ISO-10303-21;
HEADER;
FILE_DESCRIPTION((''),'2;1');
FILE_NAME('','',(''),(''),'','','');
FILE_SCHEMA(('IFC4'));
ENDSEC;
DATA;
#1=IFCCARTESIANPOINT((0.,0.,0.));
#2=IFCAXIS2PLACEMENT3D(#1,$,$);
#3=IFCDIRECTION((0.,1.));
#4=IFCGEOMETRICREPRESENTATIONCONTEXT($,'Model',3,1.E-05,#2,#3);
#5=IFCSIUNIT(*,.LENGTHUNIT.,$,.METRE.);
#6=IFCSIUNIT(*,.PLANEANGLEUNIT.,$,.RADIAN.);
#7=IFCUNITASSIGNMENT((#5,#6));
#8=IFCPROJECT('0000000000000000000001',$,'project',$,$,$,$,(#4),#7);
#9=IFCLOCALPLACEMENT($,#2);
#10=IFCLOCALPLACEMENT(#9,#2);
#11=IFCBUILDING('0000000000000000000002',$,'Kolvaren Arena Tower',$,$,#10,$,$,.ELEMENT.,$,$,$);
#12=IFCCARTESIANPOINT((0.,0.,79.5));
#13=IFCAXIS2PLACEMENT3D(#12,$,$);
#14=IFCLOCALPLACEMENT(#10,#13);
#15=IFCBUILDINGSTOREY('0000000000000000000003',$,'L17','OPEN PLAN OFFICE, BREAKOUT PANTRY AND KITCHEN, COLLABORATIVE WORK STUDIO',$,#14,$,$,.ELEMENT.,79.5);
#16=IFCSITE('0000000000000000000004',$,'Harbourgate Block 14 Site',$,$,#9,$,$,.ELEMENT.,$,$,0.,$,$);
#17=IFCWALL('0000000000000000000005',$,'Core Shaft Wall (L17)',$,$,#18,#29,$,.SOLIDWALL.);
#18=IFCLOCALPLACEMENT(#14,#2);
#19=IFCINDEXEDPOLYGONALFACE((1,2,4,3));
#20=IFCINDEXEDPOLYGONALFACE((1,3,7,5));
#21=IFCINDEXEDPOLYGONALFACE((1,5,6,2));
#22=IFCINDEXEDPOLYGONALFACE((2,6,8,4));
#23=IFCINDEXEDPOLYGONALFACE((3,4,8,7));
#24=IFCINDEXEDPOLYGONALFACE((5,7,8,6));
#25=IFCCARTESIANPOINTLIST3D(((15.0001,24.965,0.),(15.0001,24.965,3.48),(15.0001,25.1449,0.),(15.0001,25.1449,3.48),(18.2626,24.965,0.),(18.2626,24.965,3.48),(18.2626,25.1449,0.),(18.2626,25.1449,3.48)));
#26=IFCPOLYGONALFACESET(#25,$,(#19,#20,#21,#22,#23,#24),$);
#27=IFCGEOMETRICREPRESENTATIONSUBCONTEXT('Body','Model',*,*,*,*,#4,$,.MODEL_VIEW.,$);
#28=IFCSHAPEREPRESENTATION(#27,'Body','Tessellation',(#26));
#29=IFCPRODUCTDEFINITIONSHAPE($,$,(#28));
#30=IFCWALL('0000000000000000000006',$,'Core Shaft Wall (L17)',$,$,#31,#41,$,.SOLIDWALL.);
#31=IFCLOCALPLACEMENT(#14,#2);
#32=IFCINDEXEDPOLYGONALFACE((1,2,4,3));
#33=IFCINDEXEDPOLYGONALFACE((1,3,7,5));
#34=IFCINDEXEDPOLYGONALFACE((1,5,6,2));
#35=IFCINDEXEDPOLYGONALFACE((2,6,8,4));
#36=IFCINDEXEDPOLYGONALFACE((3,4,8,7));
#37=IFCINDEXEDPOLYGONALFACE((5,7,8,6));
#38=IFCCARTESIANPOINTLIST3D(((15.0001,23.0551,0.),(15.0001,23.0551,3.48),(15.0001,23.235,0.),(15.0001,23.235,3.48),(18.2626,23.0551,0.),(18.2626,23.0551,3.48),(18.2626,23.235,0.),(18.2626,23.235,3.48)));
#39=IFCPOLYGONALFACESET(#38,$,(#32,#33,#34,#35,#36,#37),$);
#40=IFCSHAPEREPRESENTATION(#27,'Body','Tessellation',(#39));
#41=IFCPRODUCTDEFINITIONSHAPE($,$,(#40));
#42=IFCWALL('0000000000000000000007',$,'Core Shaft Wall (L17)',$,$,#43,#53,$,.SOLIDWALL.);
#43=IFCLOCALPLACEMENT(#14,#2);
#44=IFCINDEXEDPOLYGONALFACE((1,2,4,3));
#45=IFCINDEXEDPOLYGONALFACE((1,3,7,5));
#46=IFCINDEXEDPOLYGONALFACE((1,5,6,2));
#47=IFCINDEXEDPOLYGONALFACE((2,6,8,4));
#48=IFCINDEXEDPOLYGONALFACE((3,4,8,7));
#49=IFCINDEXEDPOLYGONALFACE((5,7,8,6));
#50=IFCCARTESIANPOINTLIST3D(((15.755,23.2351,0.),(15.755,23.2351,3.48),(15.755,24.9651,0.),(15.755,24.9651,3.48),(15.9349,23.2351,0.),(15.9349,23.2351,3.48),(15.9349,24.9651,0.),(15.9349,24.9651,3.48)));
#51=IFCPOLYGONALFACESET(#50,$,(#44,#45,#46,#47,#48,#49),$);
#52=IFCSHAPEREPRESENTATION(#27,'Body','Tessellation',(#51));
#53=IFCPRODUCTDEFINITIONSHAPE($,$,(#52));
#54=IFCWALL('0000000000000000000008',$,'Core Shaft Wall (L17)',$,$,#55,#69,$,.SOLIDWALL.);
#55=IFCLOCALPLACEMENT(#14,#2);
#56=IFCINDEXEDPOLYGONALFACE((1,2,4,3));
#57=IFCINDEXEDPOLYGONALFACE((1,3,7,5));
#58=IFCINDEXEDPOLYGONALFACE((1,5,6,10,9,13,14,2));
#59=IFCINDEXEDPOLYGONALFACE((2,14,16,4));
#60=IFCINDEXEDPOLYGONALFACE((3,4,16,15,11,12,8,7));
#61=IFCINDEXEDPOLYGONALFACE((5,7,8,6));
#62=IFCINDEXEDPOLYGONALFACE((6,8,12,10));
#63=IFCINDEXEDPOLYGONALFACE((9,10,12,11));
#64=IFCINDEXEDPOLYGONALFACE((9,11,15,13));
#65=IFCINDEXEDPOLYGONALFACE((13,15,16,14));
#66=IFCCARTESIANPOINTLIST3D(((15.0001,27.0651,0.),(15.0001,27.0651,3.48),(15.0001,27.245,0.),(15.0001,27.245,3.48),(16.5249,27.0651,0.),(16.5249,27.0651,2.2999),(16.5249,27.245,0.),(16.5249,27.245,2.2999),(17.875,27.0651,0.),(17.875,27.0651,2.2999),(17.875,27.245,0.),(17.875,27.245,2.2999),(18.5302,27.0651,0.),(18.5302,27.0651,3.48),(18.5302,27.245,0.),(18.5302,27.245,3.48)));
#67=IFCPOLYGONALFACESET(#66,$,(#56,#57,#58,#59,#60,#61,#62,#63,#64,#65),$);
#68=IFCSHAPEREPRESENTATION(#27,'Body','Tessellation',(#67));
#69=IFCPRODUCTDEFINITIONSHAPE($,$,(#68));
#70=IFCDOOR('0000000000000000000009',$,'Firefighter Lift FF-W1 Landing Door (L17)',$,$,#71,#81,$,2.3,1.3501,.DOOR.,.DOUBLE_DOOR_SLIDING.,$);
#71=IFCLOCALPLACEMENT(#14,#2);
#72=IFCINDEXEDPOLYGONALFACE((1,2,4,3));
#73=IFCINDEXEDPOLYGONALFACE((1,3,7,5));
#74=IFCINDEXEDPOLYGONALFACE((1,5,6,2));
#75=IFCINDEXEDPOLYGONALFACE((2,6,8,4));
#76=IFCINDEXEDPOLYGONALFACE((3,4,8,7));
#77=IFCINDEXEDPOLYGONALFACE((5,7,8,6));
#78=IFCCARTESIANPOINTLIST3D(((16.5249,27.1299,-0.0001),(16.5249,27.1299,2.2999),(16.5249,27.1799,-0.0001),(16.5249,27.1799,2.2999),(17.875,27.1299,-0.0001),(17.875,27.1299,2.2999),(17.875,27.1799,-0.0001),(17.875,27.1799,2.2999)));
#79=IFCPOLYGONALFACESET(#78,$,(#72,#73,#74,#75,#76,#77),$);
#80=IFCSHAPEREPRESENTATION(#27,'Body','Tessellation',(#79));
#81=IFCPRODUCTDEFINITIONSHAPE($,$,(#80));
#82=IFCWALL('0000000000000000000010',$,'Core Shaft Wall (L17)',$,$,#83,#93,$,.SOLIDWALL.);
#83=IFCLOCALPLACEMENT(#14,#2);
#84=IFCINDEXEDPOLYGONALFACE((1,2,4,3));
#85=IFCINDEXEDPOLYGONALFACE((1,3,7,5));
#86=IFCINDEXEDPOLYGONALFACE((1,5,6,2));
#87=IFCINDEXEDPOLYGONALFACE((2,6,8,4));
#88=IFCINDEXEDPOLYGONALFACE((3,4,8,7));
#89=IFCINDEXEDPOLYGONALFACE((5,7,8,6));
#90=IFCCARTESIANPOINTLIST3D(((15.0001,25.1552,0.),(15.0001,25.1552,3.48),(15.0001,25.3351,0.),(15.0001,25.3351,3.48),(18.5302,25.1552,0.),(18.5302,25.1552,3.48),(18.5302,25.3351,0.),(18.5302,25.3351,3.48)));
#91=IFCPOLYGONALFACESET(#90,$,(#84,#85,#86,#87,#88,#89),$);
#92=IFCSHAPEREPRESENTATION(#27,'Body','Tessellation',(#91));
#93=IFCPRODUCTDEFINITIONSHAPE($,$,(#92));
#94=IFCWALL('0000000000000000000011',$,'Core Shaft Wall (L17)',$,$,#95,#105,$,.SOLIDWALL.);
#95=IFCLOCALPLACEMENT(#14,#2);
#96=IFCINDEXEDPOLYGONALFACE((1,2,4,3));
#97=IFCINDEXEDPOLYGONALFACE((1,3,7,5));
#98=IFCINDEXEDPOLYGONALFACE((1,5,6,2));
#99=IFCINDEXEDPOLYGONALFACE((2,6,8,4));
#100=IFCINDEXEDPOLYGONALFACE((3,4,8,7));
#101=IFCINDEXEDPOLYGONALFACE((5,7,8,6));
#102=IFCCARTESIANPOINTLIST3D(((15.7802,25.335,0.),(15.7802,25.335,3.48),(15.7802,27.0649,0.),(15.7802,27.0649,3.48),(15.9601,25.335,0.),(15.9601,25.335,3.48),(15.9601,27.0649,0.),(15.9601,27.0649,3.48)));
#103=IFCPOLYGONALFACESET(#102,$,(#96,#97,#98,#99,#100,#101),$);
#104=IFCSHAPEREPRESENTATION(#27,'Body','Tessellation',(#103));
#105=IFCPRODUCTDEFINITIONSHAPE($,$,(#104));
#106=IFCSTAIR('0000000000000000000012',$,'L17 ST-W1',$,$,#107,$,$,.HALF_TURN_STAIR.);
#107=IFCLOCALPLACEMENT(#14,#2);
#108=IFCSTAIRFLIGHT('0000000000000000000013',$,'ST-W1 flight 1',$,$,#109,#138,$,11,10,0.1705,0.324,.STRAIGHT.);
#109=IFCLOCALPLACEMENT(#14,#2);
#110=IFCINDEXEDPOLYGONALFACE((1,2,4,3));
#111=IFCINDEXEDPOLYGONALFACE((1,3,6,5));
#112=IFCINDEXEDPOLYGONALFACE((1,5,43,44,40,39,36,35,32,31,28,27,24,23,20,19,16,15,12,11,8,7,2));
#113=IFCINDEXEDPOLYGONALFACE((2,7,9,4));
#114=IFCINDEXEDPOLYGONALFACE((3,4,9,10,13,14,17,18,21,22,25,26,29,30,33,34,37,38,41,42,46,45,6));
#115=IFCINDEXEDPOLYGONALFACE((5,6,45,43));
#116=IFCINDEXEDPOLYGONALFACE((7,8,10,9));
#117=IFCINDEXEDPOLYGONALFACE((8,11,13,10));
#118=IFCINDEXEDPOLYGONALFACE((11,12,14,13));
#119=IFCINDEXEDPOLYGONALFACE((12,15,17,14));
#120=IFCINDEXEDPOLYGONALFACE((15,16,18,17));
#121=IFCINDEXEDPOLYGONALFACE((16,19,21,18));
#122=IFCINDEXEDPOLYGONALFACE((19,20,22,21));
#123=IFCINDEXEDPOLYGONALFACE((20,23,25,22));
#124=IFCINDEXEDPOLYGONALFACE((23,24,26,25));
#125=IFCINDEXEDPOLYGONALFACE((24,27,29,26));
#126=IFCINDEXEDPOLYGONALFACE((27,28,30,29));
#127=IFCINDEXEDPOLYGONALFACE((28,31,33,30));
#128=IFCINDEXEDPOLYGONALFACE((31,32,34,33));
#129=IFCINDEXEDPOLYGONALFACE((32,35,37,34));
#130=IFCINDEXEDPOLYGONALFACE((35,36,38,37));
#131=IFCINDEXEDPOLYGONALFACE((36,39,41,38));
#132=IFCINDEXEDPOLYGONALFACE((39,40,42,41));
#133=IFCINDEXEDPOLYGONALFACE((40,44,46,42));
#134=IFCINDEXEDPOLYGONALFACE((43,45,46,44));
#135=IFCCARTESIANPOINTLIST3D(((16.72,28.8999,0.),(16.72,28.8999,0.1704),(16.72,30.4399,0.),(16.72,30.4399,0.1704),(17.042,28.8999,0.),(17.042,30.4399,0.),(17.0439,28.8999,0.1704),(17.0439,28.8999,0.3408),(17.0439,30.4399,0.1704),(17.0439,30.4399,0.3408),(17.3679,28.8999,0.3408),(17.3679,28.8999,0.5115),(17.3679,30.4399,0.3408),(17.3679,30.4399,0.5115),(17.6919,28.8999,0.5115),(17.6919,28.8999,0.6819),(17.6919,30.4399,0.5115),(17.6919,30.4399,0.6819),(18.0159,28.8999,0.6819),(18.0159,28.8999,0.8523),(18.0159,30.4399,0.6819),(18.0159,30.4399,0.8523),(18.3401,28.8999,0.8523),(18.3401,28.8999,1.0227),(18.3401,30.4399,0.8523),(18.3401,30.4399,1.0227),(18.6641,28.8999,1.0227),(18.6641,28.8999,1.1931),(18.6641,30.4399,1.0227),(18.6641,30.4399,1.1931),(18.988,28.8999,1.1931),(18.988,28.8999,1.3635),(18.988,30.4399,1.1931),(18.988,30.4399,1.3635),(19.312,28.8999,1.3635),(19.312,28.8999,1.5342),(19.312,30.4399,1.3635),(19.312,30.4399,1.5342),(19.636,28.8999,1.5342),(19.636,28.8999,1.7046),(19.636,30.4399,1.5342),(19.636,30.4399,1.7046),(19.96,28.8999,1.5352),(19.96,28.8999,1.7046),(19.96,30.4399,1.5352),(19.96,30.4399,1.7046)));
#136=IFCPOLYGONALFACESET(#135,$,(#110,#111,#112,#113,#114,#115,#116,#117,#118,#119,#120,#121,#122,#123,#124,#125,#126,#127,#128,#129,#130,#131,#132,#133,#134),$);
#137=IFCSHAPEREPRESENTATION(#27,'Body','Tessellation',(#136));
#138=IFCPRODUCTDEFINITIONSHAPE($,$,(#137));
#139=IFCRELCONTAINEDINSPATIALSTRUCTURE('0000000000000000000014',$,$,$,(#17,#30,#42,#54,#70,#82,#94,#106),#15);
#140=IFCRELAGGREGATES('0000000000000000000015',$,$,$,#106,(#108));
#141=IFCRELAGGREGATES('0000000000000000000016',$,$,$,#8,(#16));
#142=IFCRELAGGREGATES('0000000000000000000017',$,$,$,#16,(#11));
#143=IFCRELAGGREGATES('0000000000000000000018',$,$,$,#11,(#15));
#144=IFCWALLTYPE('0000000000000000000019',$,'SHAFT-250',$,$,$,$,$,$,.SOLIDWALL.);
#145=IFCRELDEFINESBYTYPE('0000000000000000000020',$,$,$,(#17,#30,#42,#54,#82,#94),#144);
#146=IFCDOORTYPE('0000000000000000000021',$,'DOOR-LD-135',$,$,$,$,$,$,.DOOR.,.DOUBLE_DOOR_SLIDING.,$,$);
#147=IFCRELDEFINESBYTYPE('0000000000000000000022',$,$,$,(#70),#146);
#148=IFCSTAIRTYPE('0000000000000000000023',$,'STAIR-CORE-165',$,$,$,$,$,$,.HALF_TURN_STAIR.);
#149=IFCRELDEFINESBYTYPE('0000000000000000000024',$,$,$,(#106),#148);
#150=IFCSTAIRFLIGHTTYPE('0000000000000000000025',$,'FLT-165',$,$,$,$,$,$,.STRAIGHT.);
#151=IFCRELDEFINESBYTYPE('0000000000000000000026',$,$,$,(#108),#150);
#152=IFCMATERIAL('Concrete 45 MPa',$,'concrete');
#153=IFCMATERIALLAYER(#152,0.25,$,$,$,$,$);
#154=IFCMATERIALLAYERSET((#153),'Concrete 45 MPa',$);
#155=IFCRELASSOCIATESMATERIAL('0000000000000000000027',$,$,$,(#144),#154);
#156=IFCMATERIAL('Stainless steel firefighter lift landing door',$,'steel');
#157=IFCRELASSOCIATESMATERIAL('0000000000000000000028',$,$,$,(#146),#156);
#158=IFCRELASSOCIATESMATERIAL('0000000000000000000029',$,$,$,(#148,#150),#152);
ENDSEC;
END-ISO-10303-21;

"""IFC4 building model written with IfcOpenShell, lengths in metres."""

from ifc_helpers import new_model, si_unit, direction, frame, frame_2d, origin, place, context, subcontext, project, spatial, polyline, rectangle, outline, extrude, material, layer, layer_set, type_object, element, fill, aggregate, save


model = new_model("IFC4")

# Units and contexts
model_context = context("Model", 3, precision=1e-05, world=origin(), true_north=direction((0.0, 1.0)))
body_context = subcontext(model_context, "Body", "Model", "MODEL_VIEW")
ifc_project = project(units=[si_unit("LENGTHUNIT", "METRE"), si_unit("PLANEANGLEUNIT", "RADIAN")], contexts=[model_context])

# Site, building, storey
site_placement = place(None, origin())
site = spatial("IfcSite", under=ifc_project, at=site_placement, Name="Harbourgate Block 14 Site", CompositionType="ELEMENT", RefElevation=0.0)
building_placement = place(site_placement, origin())
building = spatial("IfcBuilding", under=site, at=building_placement, Name="Kolvaren Arena Tower", CompositionType="ELEMENT")
storey_placement = place(building_placement, frame((0.0, 0.0, 79.5)))
storey = spatial("IfcBuildingStorey", under=building, at=storey_placement, Name="L17", Description="OPEN PLAN OFFICE, BREAKOUT PANTRY AND KITCHEN, COLLABORATIVE WORK STUDIO", CompositionType="ELEMENT", Elevation=79.5)

# Walls
ifc_material_1 = material(Name="Concrete 45 MPa", Category="concrete")
ifc_layer = layer(ifc_material_1, 0.25)
ifc_layer_set = layer_set([ifc_layer], Name="Concrete 45 MPa")
wall_type = type_object("IfcWallType", Name="SHAFT-250", PredefinedType="SOLIDWALL", material=ifc_layer_set)
for number, where, z_axis, x_axis, name in (
    (1, (15.0, 25.0549, 0.0), (0.0, 0.0, 1.0), (1.0, 0.0, 0.0), "Core Shaft Wall (L17)"),
    (2, (15.0, 23.145, 0.0), (0.0, 0.0, 1.0), (1.0, 0.0, 0.0), "Core Shaft Wall (L17)"),
):
    element("IfcWall", number, at=place(storey_placement, frame(where, z_axis=z_axis, x_axis=x_axis)), inside=storey, type_object=wall_type, Name=name, PredefinedType="SOLIDWALL", context=body_context, shape_type="SweptSolid", body=[
        extrude(rectangle(XDim=3.2625, YDim=0.1799, at=frame_2d((1.6313, 0.0))), origin(), (0.0, 0.0, 1.0), 3.48),
    ])
wall_1_placement = place(storey_placement, frame((15.845, 23.2351, 0.0), z_axis=(0.0, 0.0, 1.0), x_axis=(0.0, 1.0, 0.0)))
element("IfcWall", 3, at=wall_1_placement, inside=storey, type_object=wall_type, Name="Core Shaft Wall (L17)", PredefinedType="SOLIDWALL", context=body_context, shape_type="SweptSolid", body=[
    extrude(rectangle(XDim=1.73, YDim=0.1799, at=frame_2d((0.865, 0.0))), origin(), (0.0, 0.0, 1.0), 3.48),
])

# Wall, opening, door
wall_2_placement = place(storey_placement, frame((15.0, 27.155, 0.0), z_axis=(0.0, 0.0, 1.0), x_axis=(1.0, 0.0, 0.0)))
wall_2 = element("IfcWall", 4, at=wall_2_placement, inside=storey, type_object=wall_type, Name="Core Shaft Wall (L17)", PredefinedType="SOLIDWALL", context=body_context, shape_type="SweptSolid", body=[
    extrude(rectangle(XDim=3.53, YDim=0.1799, at=frame_2d((1.7651, 0.0))), origin(), (0.0, 0.0, 1.0), 3.48),
])
opening_placement = place(wall_2_placement, frame((1.5249, 0.0, 0.0)))
opening = element("IfcOpeningElement", 5, at=opening_placement, cuts=wall_2, PredefinedType="OPENING", context=body_context, shape_type="SweptSolid", body=[
    extrude(rectangle(XDim=1.3501, YDim=2.3, at=frame_2d((0.675, 1.1499))), frame((0.0, 0.0999, 0.0), z_axis=(0.0, -1.0, 0.0), x_axis=(1.0, 0.0, 0.0)), (0.0, 0.0, 1.0), 0.2),
])
ifc_material_2 = material(Name="Stainless steel firefighter lift landing door", Category="steel")
door_type = type_object("IfcDoorType", Name="DOOR-LD-135", OperationType="DOUBLE_DOOR_SLIDING", PredefinedType="DOOR", material=ifc_material_2)
door_placement = place(opening_placement, origin())
door = element("IfcDoor", 6, at=door_placement, inside=storey, type_object=door_type, Name="Firefighter Lift FF-W1 Landing Door (L17)", OperationType="DOUBLE_DOOR_SLIDING", OverallHeight=2.3, OverallWidth=1.3501, PredefinedType="DOOR", context=body_context, shape_type="SweptSolid", body=[
    extrude(rectangle(XDim=1.3501, YDim=2.3, at=frame_2d((0.675, 1.1499))), frame((0.0, 0.0249, 0.0), z_axis=(0.0, -1.0, 0.0), x_axis=(1.0, 0.0, 0.0)), (0.0, 0.0, 1.0), 0.05),
])
fill(opening, door)

# Walls
wall_3_placement = place(storey_placement, frame((15.0, 25.2451, 0.0), z_axis=(0.0, 0.0, 1.0), x_axis=(1.0, 0.0, 0.0)))
element("IfcWall", 7, at=wall_3_placement, inside=storey, type_object=wall_type, Name="Core Shaft Wall (L17)", PredefinedType="SOLIDWALL", context=body_context, shape_type="SweptSolid", body=[
    extrude(rectangle(XDim=3.53, YDim=0.1799, at=frame_2d((1.7651, 0.0))), origin(), (0.0, 0.0, 1.0), 3.48),
])
wall_4_placement = place(storey_placement, frame((15.8701, 25.335, 0.0), z_axis=(0.0, 0.0, 1.0), x_axis=(0.0, 1.0, 0.0)))
element("IfcWall", 8, at=wall_4_placement, inside=storey, type_object=wall_type, Name="Core Shaft Wall (L17)", PredefinedType="SOLIDWALL", context=body_context, shape_type="SweptSolid", body=[
    extrude(rectangle(XDim=1.73, YDim=0.1799, at=frame_2d((0.865, 0.0))), origin(), (0.0, 0.0, 1.0), 3.48),
])

# Stair, stair flight
stair_type = type_object("IfcStairType", Name="STAIR-CORE-165", PredefinedType="HALF_TURN_STAIR", material=ifc_material_1)
stair_placement = place(storey_placement, origin())
stair = element("IfcStair", 9, at=stair_placement, inside=storey, type_object=stair_type, Name="L17 ST-W1", PredefinedType="HALF_TURN_STAIR")
stair_flight_type = type_object("IfcStairFlightType", Name="FLT-165", PredefinedType="STRAIGHT", material=ifc_material_1)
stair_flight_placement = place(storey_placement, frame((16.72, 29.6699, 0.0), z_axis=(0.0, 0.0, 1.0), x_axis=(1.0, 0.0, 0.0)))
stair_flight = element("IfcStairFlight", 10, at=stair_flight_placement, type_object=stair_flight_type, Name="ST-W1 flight 1", NumberOfRisers=11, NumberOfTreads=10, PredefinedType="STRAIGHT", RiserHeight=0.1705, TreadLength=0.324, context=body_context, shape_type="SweptSolid", body=[
    extrude(outline(polyline([(0.0, 0.0), (0.0, 0.1704), (0.324, 0.1704), (0.324, 0.3408), (0.6479, 0.3408), (0.6479, 0.5115), (0.9719, 0.5115), (0.9719, 0.6819), (1.2959, 0.6819), (1.2959, 0.8523), (1.6201, 0.8523), (1.6201, 1.0227), (1.9441, 1.0227), (1.9441, 1.1931), (2.2681, 1.1931), (2.2681, 1.3635), (2.592, 1.3635), (2.592, 1.5342), (2.916, 1.5342), (2.916, 1.7046), (3.24, 1.7046), (3.24, 1.875), (3.24, 1.5352), (0.322, 0.0), (0.0, 0.0)])), frame((0.0, 0.77, 0.0), z_axis=(0.0, -1.0, 0.0), x_axis=(1.0, 0.0, 0.0)), (0.0, 0.0, 1.0), 1.54),
])
aggregate(stair, [stair_flight])

save(model, "model.ifc")
